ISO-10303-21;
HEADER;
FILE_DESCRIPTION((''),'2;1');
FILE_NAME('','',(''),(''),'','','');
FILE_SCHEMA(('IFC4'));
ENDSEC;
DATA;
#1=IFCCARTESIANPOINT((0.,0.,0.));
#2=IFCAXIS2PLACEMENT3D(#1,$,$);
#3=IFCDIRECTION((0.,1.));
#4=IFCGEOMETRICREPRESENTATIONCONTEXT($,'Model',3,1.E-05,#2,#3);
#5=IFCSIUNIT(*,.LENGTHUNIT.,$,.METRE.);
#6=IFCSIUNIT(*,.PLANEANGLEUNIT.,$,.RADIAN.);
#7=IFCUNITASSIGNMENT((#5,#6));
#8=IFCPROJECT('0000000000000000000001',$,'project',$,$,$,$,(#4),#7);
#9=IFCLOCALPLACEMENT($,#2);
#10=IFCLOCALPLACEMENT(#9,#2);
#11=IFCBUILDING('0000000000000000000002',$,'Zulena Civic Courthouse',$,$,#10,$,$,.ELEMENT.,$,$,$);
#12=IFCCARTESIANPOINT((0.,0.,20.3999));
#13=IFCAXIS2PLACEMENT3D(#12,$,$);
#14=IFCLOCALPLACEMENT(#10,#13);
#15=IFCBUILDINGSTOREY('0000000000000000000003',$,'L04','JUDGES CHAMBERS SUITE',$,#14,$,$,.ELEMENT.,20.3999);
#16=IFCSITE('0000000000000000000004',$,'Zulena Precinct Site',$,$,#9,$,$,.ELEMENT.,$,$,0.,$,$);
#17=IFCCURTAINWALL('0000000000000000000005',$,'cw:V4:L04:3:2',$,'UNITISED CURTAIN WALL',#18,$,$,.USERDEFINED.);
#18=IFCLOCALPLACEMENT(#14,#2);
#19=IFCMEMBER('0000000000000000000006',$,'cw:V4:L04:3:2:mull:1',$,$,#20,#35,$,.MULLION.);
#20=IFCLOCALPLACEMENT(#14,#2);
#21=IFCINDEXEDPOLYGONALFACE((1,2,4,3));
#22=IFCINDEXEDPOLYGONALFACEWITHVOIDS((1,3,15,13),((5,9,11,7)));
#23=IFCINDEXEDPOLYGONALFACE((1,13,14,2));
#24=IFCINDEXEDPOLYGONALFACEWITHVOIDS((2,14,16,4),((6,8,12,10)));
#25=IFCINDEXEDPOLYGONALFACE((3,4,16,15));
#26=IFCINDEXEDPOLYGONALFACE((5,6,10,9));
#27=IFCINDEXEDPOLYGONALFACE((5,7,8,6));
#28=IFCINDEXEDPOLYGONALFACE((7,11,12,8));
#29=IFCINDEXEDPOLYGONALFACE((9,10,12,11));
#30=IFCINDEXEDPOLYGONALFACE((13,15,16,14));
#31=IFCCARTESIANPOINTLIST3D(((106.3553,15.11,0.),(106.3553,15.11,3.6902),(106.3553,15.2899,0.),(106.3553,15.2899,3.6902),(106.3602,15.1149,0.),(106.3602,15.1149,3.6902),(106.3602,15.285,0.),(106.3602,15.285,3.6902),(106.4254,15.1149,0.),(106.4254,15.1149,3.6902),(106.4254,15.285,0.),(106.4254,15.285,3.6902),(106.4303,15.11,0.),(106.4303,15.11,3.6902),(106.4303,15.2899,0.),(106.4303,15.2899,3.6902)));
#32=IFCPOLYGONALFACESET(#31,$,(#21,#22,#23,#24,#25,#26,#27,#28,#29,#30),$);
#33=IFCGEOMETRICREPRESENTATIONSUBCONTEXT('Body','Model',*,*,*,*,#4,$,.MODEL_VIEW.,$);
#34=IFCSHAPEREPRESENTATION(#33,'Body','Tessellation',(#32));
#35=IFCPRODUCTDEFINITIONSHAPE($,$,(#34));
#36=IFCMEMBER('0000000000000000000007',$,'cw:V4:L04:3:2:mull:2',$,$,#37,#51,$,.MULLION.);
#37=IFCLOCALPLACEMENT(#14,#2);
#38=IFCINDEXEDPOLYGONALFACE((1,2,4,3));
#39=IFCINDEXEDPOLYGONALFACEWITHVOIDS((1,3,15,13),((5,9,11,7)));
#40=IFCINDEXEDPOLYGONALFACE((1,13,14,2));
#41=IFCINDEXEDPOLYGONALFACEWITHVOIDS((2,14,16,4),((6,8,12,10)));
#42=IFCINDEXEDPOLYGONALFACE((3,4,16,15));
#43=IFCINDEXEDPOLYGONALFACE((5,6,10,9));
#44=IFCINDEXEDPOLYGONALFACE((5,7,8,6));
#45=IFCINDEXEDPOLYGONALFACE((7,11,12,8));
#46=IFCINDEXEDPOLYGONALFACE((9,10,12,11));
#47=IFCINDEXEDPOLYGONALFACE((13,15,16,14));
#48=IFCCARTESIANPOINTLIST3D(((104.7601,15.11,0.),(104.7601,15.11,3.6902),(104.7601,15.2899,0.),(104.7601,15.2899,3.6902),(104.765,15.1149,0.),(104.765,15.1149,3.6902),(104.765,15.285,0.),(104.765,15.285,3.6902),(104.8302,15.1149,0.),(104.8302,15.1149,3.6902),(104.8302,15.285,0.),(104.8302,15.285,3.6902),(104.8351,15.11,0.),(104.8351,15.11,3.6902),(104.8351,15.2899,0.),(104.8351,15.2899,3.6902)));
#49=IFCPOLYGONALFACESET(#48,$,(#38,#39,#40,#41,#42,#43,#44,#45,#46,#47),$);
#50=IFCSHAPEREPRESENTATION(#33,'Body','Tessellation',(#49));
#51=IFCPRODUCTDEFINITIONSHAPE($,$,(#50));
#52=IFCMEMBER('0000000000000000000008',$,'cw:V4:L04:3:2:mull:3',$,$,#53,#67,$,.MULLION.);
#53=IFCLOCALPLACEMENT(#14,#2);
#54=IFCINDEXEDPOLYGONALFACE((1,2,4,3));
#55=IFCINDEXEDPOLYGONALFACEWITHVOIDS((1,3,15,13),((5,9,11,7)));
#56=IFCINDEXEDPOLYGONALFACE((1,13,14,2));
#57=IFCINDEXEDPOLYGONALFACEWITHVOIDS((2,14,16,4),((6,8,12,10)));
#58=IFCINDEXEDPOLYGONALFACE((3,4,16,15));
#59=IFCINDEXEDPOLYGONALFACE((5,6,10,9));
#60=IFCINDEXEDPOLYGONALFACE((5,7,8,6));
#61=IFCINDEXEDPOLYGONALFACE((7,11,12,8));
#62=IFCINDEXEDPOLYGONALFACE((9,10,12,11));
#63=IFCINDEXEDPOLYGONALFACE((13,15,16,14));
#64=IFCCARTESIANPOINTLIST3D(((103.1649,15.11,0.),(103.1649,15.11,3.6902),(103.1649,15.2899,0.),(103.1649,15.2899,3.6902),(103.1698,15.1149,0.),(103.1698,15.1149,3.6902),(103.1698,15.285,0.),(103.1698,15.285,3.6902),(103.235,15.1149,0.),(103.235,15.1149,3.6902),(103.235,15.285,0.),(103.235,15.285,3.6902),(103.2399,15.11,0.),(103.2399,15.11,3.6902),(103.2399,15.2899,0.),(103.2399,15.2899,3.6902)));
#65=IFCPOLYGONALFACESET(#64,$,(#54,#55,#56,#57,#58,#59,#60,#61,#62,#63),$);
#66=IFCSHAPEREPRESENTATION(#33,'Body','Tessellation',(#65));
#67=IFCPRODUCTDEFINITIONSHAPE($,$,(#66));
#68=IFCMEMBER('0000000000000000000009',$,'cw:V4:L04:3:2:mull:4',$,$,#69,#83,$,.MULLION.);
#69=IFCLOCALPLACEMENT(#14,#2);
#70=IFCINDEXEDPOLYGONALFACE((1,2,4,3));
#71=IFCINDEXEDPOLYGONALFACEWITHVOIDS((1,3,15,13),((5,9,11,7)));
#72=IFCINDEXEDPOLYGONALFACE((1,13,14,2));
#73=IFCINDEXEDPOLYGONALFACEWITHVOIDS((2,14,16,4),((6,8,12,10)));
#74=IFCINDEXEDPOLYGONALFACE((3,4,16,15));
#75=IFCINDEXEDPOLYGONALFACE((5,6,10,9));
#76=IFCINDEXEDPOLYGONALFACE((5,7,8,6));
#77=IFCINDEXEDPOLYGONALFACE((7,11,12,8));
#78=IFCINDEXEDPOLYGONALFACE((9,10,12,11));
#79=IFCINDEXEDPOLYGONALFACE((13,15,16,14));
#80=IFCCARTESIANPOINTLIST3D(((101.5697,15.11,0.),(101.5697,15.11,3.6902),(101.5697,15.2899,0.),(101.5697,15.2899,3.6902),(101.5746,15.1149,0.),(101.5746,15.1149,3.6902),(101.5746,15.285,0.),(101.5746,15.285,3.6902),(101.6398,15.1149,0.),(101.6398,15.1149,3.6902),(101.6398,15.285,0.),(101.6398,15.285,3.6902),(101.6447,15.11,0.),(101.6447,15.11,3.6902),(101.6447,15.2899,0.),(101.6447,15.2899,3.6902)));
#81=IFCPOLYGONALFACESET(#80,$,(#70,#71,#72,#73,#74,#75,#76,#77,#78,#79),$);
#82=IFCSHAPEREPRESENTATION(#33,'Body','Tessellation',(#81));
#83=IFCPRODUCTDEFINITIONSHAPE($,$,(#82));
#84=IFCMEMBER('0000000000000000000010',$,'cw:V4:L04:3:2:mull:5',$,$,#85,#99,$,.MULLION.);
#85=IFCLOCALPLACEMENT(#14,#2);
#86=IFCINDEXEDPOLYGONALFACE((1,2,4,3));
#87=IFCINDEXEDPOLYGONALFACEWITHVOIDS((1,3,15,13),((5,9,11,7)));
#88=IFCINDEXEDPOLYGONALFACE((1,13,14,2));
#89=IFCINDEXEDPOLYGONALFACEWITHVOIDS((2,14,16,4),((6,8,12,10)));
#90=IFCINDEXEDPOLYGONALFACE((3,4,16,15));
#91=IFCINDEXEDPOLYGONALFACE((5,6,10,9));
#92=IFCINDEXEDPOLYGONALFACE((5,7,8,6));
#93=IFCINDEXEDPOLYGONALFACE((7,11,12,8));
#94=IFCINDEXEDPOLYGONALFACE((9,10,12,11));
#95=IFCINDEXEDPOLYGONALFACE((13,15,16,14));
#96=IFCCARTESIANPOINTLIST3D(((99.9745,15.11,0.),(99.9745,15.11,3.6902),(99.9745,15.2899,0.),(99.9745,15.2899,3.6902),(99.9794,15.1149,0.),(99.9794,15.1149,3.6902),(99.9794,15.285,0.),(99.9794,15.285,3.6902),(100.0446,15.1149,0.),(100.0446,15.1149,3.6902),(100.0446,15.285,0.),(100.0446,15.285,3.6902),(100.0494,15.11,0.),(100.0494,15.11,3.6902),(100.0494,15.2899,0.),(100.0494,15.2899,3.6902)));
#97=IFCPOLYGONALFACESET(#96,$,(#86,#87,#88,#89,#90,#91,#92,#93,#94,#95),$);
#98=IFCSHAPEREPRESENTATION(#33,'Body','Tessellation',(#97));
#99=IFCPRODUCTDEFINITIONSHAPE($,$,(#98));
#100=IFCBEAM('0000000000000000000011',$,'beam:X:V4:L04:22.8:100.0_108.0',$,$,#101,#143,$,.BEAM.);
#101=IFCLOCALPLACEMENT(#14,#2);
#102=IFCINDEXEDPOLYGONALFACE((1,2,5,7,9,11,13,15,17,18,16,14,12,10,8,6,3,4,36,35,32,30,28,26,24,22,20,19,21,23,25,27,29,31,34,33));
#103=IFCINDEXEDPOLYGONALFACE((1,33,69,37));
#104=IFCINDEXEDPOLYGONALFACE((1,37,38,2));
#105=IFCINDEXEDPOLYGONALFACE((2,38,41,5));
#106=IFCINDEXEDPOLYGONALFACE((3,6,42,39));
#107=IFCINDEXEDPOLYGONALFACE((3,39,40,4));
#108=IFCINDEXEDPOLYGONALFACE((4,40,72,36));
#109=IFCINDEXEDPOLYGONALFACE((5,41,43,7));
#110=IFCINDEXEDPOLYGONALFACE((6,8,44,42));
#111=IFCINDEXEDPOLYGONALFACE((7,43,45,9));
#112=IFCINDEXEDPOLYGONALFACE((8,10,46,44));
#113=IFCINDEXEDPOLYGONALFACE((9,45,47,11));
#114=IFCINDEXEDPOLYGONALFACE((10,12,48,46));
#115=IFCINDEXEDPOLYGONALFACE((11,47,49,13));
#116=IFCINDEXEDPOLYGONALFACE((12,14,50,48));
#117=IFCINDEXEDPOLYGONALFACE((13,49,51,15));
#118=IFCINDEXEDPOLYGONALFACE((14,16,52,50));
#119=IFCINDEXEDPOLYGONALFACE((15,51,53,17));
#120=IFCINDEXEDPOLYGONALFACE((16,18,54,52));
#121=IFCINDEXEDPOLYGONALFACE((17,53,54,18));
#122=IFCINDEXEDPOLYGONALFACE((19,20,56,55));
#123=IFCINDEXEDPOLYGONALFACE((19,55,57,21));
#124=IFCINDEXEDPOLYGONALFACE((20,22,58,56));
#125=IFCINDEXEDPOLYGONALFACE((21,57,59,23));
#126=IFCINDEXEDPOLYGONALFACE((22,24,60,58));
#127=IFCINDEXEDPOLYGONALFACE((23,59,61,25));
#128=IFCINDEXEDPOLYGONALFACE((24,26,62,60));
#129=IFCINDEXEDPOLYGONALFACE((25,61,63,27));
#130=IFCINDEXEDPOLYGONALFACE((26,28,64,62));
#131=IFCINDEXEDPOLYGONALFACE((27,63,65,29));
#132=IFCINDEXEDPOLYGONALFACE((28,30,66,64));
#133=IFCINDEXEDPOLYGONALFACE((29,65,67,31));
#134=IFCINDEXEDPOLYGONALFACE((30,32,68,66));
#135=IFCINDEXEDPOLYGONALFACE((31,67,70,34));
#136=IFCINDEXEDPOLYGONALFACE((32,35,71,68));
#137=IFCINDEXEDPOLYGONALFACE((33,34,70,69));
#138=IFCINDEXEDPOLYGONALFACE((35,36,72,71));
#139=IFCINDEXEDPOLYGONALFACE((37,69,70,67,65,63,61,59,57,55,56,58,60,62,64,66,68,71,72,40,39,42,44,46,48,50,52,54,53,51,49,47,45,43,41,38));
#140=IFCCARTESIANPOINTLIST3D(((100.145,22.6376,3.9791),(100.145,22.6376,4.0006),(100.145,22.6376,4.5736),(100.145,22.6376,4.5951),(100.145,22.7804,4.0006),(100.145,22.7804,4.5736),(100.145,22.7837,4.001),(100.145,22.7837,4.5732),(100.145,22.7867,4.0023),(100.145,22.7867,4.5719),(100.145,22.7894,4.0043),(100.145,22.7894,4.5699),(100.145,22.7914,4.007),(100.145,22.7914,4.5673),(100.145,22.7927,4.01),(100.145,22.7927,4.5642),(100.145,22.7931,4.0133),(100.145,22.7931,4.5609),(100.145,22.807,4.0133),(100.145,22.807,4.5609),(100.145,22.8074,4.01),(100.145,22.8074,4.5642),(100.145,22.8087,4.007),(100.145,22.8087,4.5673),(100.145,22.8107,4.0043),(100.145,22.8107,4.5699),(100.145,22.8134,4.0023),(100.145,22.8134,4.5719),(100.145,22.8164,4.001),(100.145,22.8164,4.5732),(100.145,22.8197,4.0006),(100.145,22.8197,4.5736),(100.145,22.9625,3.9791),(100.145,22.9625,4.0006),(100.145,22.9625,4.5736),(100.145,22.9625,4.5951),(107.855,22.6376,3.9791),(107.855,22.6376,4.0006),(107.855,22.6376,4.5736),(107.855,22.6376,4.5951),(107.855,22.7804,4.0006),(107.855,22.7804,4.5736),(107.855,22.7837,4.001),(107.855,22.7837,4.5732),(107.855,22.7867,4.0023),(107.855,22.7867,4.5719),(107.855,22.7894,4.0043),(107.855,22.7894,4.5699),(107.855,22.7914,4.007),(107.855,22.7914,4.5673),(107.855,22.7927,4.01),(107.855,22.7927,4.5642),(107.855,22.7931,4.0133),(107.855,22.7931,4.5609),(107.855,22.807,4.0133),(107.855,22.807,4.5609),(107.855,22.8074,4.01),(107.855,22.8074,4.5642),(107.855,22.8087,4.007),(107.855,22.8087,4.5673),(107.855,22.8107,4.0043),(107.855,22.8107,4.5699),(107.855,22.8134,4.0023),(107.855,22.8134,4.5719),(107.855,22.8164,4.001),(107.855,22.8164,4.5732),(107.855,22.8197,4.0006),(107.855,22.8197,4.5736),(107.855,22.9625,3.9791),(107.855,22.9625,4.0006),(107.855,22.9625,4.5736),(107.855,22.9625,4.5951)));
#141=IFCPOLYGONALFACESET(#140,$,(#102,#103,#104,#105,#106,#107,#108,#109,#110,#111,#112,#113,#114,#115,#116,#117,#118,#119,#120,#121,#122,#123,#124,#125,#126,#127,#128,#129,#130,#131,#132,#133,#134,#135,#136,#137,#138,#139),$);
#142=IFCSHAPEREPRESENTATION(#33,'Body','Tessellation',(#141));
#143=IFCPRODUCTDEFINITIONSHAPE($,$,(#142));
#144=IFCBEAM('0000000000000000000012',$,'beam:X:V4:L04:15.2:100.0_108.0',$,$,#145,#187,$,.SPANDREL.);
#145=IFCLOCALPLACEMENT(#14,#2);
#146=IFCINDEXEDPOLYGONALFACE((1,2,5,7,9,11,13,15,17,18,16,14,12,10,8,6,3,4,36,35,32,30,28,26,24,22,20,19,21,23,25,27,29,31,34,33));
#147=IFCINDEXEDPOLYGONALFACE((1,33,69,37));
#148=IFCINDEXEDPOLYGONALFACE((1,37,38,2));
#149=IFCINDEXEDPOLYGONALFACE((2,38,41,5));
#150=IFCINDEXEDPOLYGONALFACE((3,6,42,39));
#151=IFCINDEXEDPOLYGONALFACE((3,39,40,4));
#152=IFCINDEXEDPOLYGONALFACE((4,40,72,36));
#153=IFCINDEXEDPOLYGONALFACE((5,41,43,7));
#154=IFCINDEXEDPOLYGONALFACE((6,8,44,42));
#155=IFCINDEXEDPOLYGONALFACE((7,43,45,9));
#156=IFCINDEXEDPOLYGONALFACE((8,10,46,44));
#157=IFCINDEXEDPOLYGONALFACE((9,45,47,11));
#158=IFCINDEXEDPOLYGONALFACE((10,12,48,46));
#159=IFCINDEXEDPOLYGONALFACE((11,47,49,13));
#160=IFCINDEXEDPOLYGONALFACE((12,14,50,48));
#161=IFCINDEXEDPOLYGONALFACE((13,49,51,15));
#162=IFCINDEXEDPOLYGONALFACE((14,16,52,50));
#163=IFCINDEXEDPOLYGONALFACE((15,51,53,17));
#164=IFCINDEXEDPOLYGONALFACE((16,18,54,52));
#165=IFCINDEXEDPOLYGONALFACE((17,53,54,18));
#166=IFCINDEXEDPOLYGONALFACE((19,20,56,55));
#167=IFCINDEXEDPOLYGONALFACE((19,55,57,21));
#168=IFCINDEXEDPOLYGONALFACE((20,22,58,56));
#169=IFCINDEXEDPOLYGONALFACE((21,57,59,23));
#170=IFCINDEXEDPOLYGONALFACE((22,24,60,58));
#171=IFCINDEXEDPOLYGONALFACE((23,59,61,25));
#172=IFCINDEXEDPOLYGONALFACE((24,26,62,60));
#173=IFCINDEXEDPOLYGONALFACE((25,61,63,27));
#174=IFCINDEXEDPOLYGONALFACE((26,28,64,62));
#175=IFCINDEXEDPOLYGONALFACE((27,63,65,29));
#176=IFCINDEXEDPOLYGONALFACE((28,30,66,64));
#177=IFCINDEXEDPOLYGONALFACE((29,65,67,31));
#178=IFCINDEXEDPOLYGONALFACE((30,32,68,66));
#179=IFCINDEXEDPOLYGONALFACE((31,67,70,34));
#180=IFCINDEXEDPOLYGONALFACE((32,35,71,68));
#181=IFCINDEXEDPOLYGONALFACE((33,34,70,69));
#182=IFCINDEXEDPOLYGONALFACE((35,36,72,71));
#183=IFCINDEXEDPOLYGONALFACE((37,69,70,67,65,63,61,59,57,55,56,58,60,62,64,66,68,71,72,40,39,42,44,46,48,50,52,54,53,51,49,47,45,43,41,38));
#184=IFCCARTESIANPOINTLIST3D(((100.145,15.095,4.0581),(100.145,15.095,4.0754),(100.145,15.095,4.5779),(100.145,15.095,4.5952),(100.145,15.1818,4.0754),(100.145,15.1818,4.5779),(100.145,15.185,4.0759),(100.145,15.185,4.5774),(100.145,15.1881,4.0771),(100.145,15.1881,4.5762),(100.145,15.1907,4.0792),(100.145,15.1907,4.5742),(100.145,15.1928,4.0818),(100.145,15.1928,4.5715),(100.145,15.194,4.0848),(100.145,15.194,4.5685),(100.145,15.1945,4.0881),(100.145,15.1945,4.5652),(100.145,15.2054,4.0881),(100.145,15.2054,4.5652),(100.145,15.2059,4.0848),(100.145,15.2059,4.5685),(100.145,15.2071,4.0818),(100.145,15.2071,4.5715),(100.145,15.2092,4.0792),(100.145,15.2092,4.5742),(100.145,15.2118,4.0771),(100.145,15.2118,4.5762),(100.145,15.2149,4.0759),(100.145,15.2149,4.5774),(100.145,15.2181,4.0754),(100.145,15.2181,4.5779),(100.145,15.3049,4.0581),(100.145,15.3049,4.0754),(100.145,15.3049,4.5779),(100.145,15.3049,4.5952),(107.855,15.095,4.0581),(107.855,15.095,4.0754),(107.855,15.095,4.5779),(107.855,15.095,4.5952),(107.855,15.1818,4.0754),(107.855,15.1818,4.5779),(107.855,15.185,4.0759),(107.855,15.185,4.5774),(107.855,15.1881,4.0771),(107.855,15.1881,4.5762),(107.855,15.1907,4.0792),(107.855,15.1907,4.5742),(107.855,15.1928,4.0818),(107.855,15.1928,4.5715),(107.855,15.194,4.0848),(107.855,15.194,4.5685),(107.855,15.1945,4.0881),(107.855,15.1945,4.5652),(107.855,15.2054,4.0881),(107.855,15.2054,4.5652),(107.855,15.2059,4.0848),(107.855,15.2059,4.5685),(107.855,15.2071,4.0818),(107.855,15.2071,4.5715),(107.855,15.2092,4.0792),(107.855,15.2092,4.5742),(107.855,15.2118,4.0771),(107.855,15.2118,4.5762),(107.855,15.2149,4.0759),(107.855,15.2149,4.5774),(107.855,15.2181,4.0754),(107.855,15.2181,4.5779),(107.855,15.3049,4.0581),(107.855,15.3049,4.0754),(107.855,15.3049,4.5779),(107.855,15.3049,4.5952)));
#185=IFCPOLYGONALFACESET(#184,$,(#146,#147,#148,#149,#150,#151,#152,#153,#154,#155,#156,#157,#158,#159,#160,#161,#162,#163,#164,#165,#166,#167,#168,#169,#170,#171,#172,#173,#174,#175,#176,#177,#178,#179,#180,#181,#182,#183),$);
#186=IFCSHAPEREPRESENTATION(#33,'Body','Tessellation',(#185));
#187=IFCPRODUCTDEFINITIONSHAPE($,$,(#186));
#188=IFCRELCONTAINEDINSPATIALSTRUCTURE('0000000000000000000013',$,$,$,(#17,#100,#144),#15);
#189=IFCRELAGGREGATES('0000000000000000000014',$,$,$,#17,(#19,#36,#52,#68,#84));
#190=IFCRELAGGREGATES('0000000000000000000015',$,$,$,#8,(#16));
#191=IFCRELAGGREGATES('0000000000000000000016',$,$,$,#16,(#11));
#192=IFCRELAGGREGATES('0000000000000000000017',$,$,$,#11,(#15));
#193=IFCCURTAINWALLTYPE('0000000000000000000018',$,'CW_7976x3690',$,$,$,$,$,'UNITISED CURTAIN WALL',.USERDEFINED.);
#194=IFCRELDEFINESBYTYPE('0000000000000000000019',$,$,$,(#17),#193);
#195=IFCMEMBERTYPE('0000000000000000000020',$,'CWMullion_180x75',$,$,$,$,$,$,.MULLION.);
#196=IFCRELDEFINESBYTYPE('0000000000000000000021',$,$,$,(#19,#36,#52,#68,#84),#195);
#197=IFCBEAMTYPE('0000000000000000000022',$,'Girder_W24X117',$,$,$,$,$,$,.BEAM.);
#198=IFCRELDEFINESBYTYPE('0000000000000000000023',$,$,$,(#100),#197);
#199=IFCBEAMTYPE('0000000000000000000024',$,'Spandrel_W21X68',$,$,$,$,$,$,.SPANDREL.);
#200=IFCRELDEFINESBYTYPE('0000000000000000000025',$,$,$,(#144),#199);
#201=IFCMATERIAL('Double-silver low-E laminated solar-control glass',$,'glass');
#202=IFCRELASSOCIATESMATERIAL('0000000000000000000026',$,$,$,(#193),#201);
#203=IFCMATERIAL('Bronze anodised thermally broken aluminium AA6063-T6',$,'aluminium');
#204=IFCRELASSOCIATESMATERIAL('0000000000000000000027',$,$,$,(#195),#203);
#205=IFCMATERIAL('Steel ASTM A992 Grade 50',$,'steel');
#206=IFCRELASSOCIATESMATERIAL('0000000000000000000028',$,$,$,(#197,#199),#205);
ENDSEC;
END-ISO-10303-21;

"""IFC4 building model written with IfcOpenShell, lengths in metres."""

from ifc_helpers import new_model, si_unit, direction, frame, origin, origin_2d, place, context, subcontext, project, spatial, hollow_rectangle, i_section, extrude, material, material_profile, profile_set, type_object, element, aggregate, save


model = new_model("IFC4")

# Units and contexts
model_context = context("Model", 3, precision=1e-05, world=origin(), true_north=direction((0.0, 1.0)))
body_context = subcontext(model_context, "Body", "Model", "MODEL_VIEW")
ifc_project = project(units=[si_unit("LENGTHUNIT", "METRE"), si_unit("PLANEANGLEUNIT", "RADIAN")], contexts=[model_context])

# Site, building, storey
site_placement = place(None, origin())
site = spatial("IfcSite", under=ifc_project, at=site_placement, Name="Zulena Precinct Site", CompositionType="ELEMENT", RefElevation=0.0)
building_placement = place(site_placement, origin())
building = spatial("IfcBuilding", under=site, at=building_placement, Name="Zulena Civic Courthouse", CompositionType="ELEMENT")
storey_placement = place(building_placement, frame((0.0, 0.0, 20.3999)))
storey = spatial("IfcBuildingStorey", under=building, at=storey_placement, Name="L04", Description="JUDGES CHAMBERS SUITE", CompositionType="ELEMENT", Elevation=20.3999)

# Curtain wall, members
ifc_material_1 = material(Name="Double-silver low-E laminated solar-control glass", Category="glass")
curtain_wall_type = type_object("IfcCurtainWallType", Name="CW_7976x3690", ElementType="UNITISED CURTAIN WALL", PredefinedType="USERDEFINED", material=ifc_material_1)
curtain_wall_placement = place(storey_placement, origin())
curtain_wall = element("IfcCurtainWall", 1, at=curtain_wall_placement, inside=storey, type_object=curtain_wall_type, Name="cw:V4:L04:3:2", ObjectType="UNITISED CURTAIN WALL", PredefinedType="USERDEFINED")
ifc_material_2 = material(Name="Bronze anodised thermally broken aluminium AA6063-T6", Category="aluminium")
ifc_material_profile_1 = material_profile(ifc_material_2, hollow_rectangle(XDim=0.075, YDim=0.1799, WallThickness=0.0049, at=origin_2d()), Name="CWM180X75X5")
ifc_profile_set_1 = profile_set([ifc_material_profile_1], Name="Bronze anodised thermally broken aluminium AA6063-T6")
member_type = type_object("IfcMemberType", Name="CWMullion_180x75", PredefinedType="MULLION", material=ifc_profile_set_1)
member_1_placement = place(storey_placement, frame((106.3928, 15.2, 0.0), z_axis=(0.0, 0.0, 1.0), x_axis=(1.0, 0.0, 0.0)))
member_1 = element("IfcMember", 2, at=member_1_placement, type_object=member_type, Name="cw:V4:L04:3:2:mull:1", PredefinedType="MULLION", context=body_context, shape_type="SweptSolid", body=[
    extrude(hollow_rectangle(XDim=0.075, YDim=0.1799, WallThickness=0.0049, at=origin_2d()), origin(), (0.0, 0.0, 1.0), 3.6902),
])
member_2_placement = place(storey_placement, frame((104.7976, 15.2, 0.0), z_axis=(0.0, 0.0, 1.0), x_axis=(1.0, 0.0, 0.0)))
member_2 = element("IfcMember", 3, at=member_2_placement, type_object=member_type, Name="cw:V4:L04:3:2:mull:2", PredefinedType="MULLION", context=body_context, shape_type="SweptSolid", body=[
    extrude(hollow_rectangle(XDim=0.075, YDim=0.1799, WallThickness=0.0049, at=origin_2d()), origin(), (0.0, 0.0, 1.0), 3.6902),
])
member_3_placement = place(storey_placement, frame((103.2024, 15.2, 0.0), z_axis=(0.0, 0.0, 1.0), x_axis=(1.0, 0.0, 0.0)))
member_3 = element("IfcMember", 4, at=member_3_placement, type_object=member_type, Name="cw:V4:L04:3:2:mull:3", PredefinedType="MULLION", context=body_context, shape_type="SweptSolid", body=[
    extrude(hollow_rectangle(XDim=0.075, YDim=0.1799, WallThickness=0.0049, at=origin_2d()), origin(), (0.0, 0.0, 1.0), 3.6902),
])
member_4_placement = place(storey_placement, frame((101.6072, 15.2, 0.0), z_axis=(0.0, 0.0, 1.0), x_axis=(1.0, 0.0, 0.0)))
member_4 = element("IfcMember", 5, at=member_4_placement, type_object=member_type, Name="cw:V4:L04:3:2:mull:4", PredefinedType="MULLION", context=body_context, shape_type="SweptSolid", body=[
    extrude(hollow_rectangle(XDim=0.075, YDim=0.1799, WallThickness=0.0049, at=origin_2d()), origin(), (0.0, 0.0, 1.0), 3.6902),
])
member_5_placement = place(storey_placement, frame((100.012, 15.2, 0.0), z_axis=(0.0, 0.0, 1.0), x_axis=(1.0, 0.0, 0.0)))
member_5 = element("IfcMember", 6, at=member_5_placement, type_object=member_type, Name="cw:V4:L04:3:2:mull:5", PredefinedType="MULLION", context=body_context, shape_type="SweptSolid", body=[
    extrude(hollow_rectangle(XDim=0.075, YDim=0.1799, WallThickness=0.0049, at=origin_2d()), origin(), (0.0, 0.0, 1.0), 3.6902),
])

# Beams
ifc_material_3 = material(Name="Steel ASTM A992 Grade 50", Category="steel")
ifc_material_profile_2 = material_profile(ifc_material_3, i_section(OverallWidth=0.325, OverallDepth=0.616, WebThickness=0.0139, FlangeThickness=0.0215, FilletRadius=0.0127, at=origin_2d()), Name="W24X117")
ifc_profile_set_2 = profile_set([ifc_material_profile_2], Name="Steel ASTM A992 Grade 50")
beam_type_1 = type_object("IfcBeamType", Name="Girder_W24X117", PredefinedType="BEAM", material=ifc_profile_set_2)
beam_1_placement = place(storey_placement, frame((100.145, 22.8, 4.2871), z_axis=(1.0, 0.0, 0.0), x_axis=(0.0, 1.0, 0.0)))
element("IfcBeam", 7, at=beam_1_placement, inside=storey, type_object=beam_type_1, Name="beam:X:V4:L04:22.8:100.0_108.0", PredefinedType="BEAM", context=body_context, shape_type="SweptSolid", body=[
    extrude(i_section(OverallWidth=0.325, OverallDepth=0.616, WebThickness=0.0139, FlangeThickness=0.0215, FilletRadius=0.0127, at=origin_2d()), origin(), (0.0, 0.0, 1.0), 7.71),
])
ifc_material_profile_3 = material_profile(ifc_material_3, i_section(OverallWidth=0.21, OverallDepth=0.5371, WebThickness=0.011, FlangeThickness=0.0173, FilletRadius=0.0127, at=origin_2d()), Name="W21X68")
ifc_profile_set_3 = profile_set([ifc_material_profile_3], Name="Steel ASTM A992 Grade 50")
beam_type_2 = type_object("IfcBeamType", Name="Spandrel_W21X68", PredefinedType="SPANDREL", material=ifc_profile_set_3)
beam_2_placement = place(storey_placement, frame((100.145, 15.2, 4.3267), z_axis=(1.0, 0.0, 0.0), x_axis=(0.0, 1.0, 0.0)))
element("IfcBeam", 8, at=beam_2_placement, inside=storey, type_object=beam_type_2, Name="beam:X:V4:L04:15.2:100.0_108.0", PredefinedType="SPANDREL", context=body_context, shape_type="SweptSolid", body=[
    extrude(i_section(OverallWidth=0.21, OverallDepth=0.5371, WebThickness=0.011, FlangeThickness=0.0173, FilletRadius=0.0127, at=origin_2d()), origin(), (0.0, 0.0, 1.0), 7.71),
])

aggregate(curtain_wall, [member_1, member_2, member_3, member_4, member_5])

save(model, "model.ifc")
